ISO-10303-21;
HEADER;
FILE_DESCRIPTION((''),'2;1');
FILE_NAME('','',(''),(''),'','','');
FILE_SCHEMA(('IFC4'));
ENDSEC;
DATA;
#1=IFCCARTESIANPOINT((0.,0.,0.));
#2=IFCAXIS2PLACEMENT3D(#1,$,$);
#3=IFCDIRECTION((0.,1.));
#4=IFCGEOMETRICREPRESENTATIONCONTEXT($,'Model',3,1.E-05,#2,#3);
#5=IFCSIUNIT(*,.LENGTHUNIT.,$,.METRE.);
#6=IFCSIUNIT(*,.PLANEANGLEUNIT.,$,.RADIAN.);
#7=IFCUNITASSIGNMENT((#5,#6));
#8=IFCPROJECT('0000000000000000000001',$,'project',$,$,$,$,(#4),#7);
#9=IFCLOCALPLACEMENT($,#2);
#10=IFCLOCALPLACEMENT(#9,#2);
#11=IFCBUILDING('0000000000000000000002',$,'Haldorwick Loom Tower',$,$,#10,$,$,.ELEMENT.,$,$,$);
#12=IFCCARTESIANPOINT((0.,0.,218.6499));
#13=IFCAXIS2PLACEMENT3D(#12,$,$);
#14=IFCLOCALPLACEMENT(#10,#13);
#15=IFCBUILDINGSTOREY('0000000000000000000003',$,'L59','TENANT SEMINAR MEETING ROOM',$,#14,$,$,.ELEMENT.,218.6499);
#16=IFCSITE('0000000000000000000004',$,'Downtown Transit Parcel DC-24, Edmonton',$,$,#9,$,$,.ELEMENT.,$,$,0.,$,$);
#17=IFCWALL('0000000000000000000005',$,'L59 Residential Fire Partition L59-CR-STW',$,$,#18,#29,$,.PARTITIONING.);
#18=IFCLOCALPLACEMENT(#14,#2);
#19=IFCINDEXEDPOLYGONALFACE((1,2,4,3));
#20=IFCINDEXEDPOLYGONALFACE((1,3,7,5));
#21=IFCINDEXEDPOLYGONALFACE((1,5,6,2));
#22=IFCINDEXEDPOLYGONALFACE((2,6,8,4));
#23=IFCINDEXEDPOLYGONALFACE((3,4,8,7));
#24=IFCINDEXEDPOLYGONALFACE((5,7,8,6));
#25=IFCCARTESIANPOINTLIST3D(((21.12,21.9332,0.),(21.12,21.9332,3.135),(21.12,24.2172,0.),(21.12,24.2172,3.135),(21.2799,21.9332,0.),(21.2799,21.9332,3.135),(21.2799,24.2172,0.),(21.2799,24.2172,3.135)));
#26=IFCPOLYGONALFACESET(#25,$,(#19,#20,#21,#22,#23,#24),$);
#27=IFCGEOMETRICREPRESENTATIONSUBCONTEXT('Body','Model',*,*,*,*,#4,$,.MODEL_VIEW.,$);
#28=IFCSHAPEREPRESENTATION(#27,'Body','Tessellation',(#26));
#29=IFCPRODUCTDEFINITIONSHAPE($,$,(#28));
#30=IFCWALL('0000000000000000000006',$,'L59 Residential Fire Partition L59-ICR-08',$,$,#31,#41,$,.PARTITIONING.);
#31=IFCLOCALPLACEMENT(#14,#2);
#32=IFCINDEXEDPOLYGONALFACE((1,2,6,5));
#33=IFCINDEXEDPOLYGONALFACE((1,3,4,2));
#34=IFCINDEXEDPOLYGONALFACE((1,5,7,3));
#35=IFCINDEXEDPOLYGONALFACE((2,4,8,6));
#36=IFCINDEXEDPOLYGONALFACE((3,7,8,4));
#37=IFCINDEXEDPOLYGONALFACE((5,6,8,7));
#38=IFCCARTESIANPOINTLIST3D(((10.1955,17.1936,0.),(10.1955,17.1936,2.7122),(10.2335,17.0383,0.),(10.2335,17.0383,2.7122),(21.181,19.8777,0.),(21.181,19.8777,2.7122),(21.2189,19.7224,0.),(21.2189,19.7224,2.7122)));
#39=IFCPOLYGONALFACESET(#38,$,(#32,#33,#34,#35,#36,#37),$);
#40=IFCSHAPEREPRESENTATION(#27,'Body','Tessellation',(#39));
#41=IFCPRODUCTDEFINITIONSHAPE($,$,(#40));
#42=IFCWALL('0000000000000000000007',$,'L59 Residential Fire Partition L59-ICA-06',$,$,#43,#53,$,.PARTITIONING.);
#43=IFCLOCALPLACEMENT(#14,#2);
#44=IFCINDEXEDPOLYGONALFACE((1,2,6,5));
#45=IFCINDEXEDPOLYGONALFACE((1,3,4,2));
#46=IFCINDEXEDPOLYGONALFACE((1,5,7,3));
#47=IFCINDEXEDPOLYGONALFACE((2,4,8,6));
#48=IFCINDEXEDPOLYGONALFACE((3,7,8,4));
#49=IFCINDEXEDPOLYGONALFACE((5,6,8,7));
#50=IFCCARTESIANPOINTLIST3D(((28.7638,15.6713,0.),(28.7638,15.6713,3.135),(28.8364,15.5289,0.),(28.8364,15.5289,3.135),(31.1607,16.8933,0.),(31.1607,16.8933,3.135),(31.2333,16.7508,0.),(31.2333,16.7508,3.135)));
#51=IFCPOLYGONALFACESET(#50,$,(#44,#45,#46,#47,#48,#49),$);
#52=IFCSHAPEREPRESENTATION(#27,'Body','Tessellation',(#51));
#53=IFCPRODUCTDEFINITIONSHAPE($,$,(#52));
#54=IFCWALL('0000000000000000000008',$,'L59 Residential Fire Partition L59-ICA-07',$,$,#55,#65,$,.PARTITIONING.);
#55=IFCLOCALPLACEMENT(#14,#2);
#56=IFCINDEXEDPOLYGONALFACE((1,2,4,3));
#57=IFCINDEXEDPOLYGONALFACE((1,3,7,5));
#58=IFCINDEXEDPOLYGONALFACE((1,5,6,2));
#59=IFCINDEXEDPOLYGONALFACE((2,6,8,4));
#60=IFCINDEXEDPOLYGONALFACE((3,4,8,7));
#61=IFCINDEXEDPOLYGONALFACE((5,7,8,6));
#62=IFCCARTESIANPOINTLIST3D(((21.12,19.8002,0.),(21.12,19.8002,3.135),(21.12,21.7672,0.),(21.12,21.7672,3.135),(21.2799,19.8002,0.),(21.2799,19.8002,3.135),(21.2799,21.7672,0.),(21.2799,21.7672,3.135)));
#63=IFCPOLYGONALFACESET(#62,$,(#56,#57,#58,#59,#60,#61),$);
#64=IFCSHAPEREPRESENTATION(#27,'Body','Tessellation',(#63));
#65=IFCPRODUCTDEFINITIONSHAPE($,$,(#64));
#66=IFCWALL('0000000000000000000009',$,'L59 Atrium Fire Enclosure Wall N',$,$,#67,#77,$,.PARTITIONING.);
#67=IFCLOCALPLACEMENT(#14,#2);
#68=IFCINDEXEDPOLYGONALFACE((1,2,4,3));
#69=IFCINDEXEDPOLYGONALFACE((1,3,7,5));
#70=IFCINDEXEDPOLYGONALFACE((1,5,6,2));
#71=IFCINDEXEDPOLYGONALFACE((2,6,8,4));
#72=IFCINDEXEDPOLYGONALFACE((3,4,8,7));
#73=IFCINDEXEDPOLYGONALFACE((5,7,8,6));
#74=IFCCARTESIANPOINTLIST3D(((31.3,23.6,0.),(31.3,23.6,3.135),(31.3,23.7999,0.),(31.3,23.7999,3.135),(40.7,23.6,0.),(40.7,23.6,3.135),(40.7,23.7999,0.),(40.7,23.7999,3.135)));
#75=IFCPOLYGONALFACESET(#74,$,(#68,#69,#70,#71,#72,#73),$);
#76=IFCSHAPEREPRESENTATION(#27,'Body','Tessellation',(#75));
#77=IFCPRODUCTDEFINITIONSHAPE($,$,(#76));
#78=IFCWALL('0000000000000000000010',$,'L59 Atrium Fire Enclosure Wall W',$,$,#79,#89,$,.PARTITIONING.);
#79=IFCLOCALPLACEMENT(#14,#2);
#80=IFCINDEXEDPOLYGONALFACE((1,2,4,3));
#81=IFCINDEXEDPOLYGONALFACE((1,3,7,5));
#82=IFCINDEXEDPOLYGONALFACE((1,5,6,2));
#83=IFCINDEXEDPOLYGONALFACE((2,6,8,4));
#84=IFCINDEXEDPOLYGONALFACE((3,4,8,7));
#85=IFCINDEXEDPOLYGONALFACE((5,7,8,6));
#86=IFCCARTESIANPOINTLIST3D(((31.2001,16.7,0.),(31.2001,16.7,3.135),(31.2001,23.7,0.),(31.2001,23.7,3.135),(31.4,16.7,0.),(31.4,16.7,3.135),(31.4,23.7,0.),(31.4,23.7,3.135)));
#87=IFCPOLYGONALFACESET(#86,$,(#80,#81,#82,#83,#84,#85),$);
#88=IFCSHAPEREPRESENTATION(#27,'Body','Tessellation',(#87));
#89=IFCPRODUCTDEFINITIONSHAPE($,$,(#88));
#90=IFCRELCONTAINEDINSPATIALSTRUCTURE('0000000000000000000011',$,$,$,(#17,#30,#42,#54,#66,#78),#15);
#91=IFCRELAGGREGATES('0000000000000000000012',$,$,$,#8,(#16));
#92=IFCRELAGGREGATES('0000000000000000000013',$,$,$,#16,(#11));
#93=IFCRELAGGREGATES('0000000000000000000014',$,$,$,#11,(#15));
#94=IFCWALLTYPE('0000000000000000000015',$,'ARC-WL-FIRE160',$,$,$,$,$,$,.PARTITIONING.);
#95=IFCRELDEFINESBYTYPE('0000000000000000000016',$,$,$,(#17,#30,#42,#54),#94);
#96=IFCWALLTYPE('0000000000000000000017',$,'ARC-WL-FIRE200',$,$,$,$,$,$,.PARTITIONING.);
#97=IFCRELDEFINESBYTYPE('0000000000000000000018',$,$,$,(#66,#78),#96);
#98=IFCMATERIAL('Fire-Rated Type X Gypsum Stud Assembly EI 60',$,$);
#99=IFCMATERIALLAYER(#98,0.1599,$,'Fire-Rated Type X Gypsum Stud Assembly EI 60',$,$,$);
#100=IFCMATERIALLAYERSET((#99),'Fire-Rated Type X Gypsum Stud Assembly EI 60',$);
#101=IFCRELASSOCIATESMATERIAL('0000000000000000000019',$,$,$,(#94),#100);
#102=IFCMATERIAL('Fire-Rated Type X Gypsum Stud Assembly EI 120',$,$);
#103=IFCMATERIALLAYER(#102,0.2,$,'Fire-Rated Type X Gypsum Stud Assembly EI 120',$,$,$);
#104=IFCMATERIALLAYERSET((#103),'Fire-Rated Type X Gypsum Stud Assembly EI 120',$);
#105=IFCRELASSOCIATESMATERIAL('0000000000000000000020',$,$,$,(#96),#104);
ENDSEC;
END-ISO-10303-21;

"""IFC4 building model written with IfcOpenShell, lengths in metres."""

from ifc_helpers import new_model, si_unit, direction, frame, frame_2d, origin, place, context, subcontext, project, spatial, rectangle, extrude, material, layer, layer_set, type_object, element, save


model = new_model("IFC4")

# Units and contexts
model_context = context("Model", 3, precision=1e-05, world=origin(), true_north=direction((0.0, 1.0)))
body_context = subcontext(model_context, "Body", "Model", "MODEL_VIEW")
ifc_project = project(units=[si_unit("LENGTHUNIT", "METRE"), si_unit("PLANEANGLEUNIT", "RADIAN")], contexts=[model_context])

# Site, building, storey
site_placement = place(None, origin())
site = spatial("IfcSite", under=ifc_project, at=site_placement, Name="Downtown Transit Parcel DC-24, Edmonton", CompositionType="ELEMENT", RefElevation=0.0)
building_placement = place(site_placement, origin())
building = spatial("IfcBuilding", under=site, at=building_placement, Name="Haldorwick Loom Tower", CompositionType="ELEMENT")
storey_placement = place(building_placement, frame((0.0, 0.0, 218.6499)))
storey = spatial("IfcBuildingStorey", under=building, at=storey_placement, Name="L59", Description="TENANT SEMINAR MEETING ROOM", CompositionType="ELEMENT", Elevation=218.6499)

# Shared definitions
ifc_material_1 = material(Name="Fire-Rated Type X Gypsum Stud Assembly EI 60")
ifc_layer_1 = layer(ifc_material_1, 0.1599, Name="Fire-Rated Type X Gypsum Stud Assembly EI 60")
ifc_layer_set_1 = layer_set([ifc_layer_1], Name="Fire-Rated Type X Gypsum Stud Assembly EI 60")
wall_type_1 = type_object("IfcWallType", Name="ARC-WL-FIRE160", PredefinedType="PARTITIONING", material=ifc_layer_set_1)

# Walls
wall_1_placement = place(storey_placement, frame((21.2, 21.9331, 0.0), z_axis=(0.0, 0.0, 1.0), x_axis=(0.0, 1.0, 0.0)))
element("IfcWall", 1, at=wall_1_placement, inside=storey, type_object=wall_type_1, Name="L59 Residential Fire Partition L59-CR-STW", PredefinedType="PARTITIONING", context=body_context, shape_type="SweptSolid", body=[
    extrude(rectangle(XDim=2.2839, YDim=0.1599, at=frame_2d((1.1421, 0.0))), origin(), (0.0, 0.0, 1.0), 3.135),
])
wall_2_placement = place(storey_placement, frame((21.2, 19.8, 0.0), z_axis=(0.0, 0.0, 1.0), x_axis=(-0.971424, -0.237351, 0.0)))
element("IfcWall", 2, at=wall_2_placement, inside=storey, type_object=wall_type_1, Name="L59 Residential Fire Partition L59-ICR-08", PredefinedType="PARTITIONING", context=body_context, shape_type="SweptSolid", body=[
    extrude(rectangle(XDim=11.3086, YDim=0.1599, at=frame_2d((5.6543, 0.0))), origin(), (0.0, 0.0, 1.0), 2.7122),
])
wall_3_placement = place(storey_placement, frame((31.197, 16.822, 0.0), z_axis=(0.0, 0.0, 1.0), x_axis=(-0.890916, -0.454169, 0.0)))
element("IfcWall", 3, at=wall_3_placement, inside=storey, type_object=wall_type_1, Name="L59 Residential Fire Partition L59-ICA-06", PredefinedType="PARTITIONING", context=body_context, shape_type="SweptSolid", body=[
    extrude(rectangle(XDim=2.6904, YDim=0.1599, at=frame_2d((1.3452, 0.0))), origin(), (0.0, 0.0, 1.0), 3.135),
])
wall_4_placement = place(storey_placement, frame((21.2, 21.7671, 0.0), z_axis=(0.0, 0.0, 1.0), x_axis=(0.0, -1.0, 0.0)))
element("IfcWall", 4, at=wall_4_placement, inside=storey, type_object=wall_type_1, Name="L59 Residential Fire Partition L59-ICA-07", PredefinedType="PARTITIONING", context=body_context, shape_type="SweptSolid", body=[
    extrude(rectangle(XDim=1.967, YDim=0.1599, at=frame_2d((0.9834, 0.0))), origin(), (0.0, 0.0, 1.0), 3.135),
])
ifc_material_2 = material(Name="Fire-Rated Type X Gypsum Stud Assembly EI 120")
ifc_layer_2 = layer(ifc_material_2, 0.2, Name="Fire-Rated Type X Gypsum Stud Assembly EI 120")
ifc_layer_set_2 = layer_set([ifc_layer_2], Name="Fire-Rated Type X Gypsum Stud Assembly EI 120")
wall_type_2 = type_object("IfcWallType", Name="ARC-WL-FIRE200", PredefinedType="PARTITIONING", material=ifc_layer_set_2)
wall_5_placement = place(storey_placement, frame((31.3, 23.7, 0.0), z_axis=(0.0, 0.0, 1.0), x_axis=(1.0, 0.0, 0.0)))
element("IfcWall", 5, at=wall_5_placement, inside=storey, type_object=wall_type_2, Name="L59 Atrium Fire Enclosure Wall N", PredefinedType="PARTITIONING", context=body_context, shape_type="SweptSolid", body=[
    extrude(rectangle(XDim=9.3999, YDim=0.2, at=frame_2d((4.7, 0.0))), origin(), (0.0, 0.0, 1.0), 3.135),
])
wall_6_placement = place(storey_placement, frame((31.3, 16.7, 0.0), z_axis=(0.0, 0.0, 1.0), x_axis=(0.0, 1.0, 0.0)))
element("IfcWall", 6, at=wall_6_placement, inside=storey, type_object=wall_type_2, Name="L59 Atrium Fire Enclosure Wall W", PredefinedType="PARTITIONING", context=body_context, shape_type="SweptSolid", body=[
    extrude(rectangle(XDim=7.0, YDim=0.2, at=frame_2d((3.5, 0.0))), origin(), (0.0, 0.0, 1.0), 3.135),
])

save(model, "model.ifc")
